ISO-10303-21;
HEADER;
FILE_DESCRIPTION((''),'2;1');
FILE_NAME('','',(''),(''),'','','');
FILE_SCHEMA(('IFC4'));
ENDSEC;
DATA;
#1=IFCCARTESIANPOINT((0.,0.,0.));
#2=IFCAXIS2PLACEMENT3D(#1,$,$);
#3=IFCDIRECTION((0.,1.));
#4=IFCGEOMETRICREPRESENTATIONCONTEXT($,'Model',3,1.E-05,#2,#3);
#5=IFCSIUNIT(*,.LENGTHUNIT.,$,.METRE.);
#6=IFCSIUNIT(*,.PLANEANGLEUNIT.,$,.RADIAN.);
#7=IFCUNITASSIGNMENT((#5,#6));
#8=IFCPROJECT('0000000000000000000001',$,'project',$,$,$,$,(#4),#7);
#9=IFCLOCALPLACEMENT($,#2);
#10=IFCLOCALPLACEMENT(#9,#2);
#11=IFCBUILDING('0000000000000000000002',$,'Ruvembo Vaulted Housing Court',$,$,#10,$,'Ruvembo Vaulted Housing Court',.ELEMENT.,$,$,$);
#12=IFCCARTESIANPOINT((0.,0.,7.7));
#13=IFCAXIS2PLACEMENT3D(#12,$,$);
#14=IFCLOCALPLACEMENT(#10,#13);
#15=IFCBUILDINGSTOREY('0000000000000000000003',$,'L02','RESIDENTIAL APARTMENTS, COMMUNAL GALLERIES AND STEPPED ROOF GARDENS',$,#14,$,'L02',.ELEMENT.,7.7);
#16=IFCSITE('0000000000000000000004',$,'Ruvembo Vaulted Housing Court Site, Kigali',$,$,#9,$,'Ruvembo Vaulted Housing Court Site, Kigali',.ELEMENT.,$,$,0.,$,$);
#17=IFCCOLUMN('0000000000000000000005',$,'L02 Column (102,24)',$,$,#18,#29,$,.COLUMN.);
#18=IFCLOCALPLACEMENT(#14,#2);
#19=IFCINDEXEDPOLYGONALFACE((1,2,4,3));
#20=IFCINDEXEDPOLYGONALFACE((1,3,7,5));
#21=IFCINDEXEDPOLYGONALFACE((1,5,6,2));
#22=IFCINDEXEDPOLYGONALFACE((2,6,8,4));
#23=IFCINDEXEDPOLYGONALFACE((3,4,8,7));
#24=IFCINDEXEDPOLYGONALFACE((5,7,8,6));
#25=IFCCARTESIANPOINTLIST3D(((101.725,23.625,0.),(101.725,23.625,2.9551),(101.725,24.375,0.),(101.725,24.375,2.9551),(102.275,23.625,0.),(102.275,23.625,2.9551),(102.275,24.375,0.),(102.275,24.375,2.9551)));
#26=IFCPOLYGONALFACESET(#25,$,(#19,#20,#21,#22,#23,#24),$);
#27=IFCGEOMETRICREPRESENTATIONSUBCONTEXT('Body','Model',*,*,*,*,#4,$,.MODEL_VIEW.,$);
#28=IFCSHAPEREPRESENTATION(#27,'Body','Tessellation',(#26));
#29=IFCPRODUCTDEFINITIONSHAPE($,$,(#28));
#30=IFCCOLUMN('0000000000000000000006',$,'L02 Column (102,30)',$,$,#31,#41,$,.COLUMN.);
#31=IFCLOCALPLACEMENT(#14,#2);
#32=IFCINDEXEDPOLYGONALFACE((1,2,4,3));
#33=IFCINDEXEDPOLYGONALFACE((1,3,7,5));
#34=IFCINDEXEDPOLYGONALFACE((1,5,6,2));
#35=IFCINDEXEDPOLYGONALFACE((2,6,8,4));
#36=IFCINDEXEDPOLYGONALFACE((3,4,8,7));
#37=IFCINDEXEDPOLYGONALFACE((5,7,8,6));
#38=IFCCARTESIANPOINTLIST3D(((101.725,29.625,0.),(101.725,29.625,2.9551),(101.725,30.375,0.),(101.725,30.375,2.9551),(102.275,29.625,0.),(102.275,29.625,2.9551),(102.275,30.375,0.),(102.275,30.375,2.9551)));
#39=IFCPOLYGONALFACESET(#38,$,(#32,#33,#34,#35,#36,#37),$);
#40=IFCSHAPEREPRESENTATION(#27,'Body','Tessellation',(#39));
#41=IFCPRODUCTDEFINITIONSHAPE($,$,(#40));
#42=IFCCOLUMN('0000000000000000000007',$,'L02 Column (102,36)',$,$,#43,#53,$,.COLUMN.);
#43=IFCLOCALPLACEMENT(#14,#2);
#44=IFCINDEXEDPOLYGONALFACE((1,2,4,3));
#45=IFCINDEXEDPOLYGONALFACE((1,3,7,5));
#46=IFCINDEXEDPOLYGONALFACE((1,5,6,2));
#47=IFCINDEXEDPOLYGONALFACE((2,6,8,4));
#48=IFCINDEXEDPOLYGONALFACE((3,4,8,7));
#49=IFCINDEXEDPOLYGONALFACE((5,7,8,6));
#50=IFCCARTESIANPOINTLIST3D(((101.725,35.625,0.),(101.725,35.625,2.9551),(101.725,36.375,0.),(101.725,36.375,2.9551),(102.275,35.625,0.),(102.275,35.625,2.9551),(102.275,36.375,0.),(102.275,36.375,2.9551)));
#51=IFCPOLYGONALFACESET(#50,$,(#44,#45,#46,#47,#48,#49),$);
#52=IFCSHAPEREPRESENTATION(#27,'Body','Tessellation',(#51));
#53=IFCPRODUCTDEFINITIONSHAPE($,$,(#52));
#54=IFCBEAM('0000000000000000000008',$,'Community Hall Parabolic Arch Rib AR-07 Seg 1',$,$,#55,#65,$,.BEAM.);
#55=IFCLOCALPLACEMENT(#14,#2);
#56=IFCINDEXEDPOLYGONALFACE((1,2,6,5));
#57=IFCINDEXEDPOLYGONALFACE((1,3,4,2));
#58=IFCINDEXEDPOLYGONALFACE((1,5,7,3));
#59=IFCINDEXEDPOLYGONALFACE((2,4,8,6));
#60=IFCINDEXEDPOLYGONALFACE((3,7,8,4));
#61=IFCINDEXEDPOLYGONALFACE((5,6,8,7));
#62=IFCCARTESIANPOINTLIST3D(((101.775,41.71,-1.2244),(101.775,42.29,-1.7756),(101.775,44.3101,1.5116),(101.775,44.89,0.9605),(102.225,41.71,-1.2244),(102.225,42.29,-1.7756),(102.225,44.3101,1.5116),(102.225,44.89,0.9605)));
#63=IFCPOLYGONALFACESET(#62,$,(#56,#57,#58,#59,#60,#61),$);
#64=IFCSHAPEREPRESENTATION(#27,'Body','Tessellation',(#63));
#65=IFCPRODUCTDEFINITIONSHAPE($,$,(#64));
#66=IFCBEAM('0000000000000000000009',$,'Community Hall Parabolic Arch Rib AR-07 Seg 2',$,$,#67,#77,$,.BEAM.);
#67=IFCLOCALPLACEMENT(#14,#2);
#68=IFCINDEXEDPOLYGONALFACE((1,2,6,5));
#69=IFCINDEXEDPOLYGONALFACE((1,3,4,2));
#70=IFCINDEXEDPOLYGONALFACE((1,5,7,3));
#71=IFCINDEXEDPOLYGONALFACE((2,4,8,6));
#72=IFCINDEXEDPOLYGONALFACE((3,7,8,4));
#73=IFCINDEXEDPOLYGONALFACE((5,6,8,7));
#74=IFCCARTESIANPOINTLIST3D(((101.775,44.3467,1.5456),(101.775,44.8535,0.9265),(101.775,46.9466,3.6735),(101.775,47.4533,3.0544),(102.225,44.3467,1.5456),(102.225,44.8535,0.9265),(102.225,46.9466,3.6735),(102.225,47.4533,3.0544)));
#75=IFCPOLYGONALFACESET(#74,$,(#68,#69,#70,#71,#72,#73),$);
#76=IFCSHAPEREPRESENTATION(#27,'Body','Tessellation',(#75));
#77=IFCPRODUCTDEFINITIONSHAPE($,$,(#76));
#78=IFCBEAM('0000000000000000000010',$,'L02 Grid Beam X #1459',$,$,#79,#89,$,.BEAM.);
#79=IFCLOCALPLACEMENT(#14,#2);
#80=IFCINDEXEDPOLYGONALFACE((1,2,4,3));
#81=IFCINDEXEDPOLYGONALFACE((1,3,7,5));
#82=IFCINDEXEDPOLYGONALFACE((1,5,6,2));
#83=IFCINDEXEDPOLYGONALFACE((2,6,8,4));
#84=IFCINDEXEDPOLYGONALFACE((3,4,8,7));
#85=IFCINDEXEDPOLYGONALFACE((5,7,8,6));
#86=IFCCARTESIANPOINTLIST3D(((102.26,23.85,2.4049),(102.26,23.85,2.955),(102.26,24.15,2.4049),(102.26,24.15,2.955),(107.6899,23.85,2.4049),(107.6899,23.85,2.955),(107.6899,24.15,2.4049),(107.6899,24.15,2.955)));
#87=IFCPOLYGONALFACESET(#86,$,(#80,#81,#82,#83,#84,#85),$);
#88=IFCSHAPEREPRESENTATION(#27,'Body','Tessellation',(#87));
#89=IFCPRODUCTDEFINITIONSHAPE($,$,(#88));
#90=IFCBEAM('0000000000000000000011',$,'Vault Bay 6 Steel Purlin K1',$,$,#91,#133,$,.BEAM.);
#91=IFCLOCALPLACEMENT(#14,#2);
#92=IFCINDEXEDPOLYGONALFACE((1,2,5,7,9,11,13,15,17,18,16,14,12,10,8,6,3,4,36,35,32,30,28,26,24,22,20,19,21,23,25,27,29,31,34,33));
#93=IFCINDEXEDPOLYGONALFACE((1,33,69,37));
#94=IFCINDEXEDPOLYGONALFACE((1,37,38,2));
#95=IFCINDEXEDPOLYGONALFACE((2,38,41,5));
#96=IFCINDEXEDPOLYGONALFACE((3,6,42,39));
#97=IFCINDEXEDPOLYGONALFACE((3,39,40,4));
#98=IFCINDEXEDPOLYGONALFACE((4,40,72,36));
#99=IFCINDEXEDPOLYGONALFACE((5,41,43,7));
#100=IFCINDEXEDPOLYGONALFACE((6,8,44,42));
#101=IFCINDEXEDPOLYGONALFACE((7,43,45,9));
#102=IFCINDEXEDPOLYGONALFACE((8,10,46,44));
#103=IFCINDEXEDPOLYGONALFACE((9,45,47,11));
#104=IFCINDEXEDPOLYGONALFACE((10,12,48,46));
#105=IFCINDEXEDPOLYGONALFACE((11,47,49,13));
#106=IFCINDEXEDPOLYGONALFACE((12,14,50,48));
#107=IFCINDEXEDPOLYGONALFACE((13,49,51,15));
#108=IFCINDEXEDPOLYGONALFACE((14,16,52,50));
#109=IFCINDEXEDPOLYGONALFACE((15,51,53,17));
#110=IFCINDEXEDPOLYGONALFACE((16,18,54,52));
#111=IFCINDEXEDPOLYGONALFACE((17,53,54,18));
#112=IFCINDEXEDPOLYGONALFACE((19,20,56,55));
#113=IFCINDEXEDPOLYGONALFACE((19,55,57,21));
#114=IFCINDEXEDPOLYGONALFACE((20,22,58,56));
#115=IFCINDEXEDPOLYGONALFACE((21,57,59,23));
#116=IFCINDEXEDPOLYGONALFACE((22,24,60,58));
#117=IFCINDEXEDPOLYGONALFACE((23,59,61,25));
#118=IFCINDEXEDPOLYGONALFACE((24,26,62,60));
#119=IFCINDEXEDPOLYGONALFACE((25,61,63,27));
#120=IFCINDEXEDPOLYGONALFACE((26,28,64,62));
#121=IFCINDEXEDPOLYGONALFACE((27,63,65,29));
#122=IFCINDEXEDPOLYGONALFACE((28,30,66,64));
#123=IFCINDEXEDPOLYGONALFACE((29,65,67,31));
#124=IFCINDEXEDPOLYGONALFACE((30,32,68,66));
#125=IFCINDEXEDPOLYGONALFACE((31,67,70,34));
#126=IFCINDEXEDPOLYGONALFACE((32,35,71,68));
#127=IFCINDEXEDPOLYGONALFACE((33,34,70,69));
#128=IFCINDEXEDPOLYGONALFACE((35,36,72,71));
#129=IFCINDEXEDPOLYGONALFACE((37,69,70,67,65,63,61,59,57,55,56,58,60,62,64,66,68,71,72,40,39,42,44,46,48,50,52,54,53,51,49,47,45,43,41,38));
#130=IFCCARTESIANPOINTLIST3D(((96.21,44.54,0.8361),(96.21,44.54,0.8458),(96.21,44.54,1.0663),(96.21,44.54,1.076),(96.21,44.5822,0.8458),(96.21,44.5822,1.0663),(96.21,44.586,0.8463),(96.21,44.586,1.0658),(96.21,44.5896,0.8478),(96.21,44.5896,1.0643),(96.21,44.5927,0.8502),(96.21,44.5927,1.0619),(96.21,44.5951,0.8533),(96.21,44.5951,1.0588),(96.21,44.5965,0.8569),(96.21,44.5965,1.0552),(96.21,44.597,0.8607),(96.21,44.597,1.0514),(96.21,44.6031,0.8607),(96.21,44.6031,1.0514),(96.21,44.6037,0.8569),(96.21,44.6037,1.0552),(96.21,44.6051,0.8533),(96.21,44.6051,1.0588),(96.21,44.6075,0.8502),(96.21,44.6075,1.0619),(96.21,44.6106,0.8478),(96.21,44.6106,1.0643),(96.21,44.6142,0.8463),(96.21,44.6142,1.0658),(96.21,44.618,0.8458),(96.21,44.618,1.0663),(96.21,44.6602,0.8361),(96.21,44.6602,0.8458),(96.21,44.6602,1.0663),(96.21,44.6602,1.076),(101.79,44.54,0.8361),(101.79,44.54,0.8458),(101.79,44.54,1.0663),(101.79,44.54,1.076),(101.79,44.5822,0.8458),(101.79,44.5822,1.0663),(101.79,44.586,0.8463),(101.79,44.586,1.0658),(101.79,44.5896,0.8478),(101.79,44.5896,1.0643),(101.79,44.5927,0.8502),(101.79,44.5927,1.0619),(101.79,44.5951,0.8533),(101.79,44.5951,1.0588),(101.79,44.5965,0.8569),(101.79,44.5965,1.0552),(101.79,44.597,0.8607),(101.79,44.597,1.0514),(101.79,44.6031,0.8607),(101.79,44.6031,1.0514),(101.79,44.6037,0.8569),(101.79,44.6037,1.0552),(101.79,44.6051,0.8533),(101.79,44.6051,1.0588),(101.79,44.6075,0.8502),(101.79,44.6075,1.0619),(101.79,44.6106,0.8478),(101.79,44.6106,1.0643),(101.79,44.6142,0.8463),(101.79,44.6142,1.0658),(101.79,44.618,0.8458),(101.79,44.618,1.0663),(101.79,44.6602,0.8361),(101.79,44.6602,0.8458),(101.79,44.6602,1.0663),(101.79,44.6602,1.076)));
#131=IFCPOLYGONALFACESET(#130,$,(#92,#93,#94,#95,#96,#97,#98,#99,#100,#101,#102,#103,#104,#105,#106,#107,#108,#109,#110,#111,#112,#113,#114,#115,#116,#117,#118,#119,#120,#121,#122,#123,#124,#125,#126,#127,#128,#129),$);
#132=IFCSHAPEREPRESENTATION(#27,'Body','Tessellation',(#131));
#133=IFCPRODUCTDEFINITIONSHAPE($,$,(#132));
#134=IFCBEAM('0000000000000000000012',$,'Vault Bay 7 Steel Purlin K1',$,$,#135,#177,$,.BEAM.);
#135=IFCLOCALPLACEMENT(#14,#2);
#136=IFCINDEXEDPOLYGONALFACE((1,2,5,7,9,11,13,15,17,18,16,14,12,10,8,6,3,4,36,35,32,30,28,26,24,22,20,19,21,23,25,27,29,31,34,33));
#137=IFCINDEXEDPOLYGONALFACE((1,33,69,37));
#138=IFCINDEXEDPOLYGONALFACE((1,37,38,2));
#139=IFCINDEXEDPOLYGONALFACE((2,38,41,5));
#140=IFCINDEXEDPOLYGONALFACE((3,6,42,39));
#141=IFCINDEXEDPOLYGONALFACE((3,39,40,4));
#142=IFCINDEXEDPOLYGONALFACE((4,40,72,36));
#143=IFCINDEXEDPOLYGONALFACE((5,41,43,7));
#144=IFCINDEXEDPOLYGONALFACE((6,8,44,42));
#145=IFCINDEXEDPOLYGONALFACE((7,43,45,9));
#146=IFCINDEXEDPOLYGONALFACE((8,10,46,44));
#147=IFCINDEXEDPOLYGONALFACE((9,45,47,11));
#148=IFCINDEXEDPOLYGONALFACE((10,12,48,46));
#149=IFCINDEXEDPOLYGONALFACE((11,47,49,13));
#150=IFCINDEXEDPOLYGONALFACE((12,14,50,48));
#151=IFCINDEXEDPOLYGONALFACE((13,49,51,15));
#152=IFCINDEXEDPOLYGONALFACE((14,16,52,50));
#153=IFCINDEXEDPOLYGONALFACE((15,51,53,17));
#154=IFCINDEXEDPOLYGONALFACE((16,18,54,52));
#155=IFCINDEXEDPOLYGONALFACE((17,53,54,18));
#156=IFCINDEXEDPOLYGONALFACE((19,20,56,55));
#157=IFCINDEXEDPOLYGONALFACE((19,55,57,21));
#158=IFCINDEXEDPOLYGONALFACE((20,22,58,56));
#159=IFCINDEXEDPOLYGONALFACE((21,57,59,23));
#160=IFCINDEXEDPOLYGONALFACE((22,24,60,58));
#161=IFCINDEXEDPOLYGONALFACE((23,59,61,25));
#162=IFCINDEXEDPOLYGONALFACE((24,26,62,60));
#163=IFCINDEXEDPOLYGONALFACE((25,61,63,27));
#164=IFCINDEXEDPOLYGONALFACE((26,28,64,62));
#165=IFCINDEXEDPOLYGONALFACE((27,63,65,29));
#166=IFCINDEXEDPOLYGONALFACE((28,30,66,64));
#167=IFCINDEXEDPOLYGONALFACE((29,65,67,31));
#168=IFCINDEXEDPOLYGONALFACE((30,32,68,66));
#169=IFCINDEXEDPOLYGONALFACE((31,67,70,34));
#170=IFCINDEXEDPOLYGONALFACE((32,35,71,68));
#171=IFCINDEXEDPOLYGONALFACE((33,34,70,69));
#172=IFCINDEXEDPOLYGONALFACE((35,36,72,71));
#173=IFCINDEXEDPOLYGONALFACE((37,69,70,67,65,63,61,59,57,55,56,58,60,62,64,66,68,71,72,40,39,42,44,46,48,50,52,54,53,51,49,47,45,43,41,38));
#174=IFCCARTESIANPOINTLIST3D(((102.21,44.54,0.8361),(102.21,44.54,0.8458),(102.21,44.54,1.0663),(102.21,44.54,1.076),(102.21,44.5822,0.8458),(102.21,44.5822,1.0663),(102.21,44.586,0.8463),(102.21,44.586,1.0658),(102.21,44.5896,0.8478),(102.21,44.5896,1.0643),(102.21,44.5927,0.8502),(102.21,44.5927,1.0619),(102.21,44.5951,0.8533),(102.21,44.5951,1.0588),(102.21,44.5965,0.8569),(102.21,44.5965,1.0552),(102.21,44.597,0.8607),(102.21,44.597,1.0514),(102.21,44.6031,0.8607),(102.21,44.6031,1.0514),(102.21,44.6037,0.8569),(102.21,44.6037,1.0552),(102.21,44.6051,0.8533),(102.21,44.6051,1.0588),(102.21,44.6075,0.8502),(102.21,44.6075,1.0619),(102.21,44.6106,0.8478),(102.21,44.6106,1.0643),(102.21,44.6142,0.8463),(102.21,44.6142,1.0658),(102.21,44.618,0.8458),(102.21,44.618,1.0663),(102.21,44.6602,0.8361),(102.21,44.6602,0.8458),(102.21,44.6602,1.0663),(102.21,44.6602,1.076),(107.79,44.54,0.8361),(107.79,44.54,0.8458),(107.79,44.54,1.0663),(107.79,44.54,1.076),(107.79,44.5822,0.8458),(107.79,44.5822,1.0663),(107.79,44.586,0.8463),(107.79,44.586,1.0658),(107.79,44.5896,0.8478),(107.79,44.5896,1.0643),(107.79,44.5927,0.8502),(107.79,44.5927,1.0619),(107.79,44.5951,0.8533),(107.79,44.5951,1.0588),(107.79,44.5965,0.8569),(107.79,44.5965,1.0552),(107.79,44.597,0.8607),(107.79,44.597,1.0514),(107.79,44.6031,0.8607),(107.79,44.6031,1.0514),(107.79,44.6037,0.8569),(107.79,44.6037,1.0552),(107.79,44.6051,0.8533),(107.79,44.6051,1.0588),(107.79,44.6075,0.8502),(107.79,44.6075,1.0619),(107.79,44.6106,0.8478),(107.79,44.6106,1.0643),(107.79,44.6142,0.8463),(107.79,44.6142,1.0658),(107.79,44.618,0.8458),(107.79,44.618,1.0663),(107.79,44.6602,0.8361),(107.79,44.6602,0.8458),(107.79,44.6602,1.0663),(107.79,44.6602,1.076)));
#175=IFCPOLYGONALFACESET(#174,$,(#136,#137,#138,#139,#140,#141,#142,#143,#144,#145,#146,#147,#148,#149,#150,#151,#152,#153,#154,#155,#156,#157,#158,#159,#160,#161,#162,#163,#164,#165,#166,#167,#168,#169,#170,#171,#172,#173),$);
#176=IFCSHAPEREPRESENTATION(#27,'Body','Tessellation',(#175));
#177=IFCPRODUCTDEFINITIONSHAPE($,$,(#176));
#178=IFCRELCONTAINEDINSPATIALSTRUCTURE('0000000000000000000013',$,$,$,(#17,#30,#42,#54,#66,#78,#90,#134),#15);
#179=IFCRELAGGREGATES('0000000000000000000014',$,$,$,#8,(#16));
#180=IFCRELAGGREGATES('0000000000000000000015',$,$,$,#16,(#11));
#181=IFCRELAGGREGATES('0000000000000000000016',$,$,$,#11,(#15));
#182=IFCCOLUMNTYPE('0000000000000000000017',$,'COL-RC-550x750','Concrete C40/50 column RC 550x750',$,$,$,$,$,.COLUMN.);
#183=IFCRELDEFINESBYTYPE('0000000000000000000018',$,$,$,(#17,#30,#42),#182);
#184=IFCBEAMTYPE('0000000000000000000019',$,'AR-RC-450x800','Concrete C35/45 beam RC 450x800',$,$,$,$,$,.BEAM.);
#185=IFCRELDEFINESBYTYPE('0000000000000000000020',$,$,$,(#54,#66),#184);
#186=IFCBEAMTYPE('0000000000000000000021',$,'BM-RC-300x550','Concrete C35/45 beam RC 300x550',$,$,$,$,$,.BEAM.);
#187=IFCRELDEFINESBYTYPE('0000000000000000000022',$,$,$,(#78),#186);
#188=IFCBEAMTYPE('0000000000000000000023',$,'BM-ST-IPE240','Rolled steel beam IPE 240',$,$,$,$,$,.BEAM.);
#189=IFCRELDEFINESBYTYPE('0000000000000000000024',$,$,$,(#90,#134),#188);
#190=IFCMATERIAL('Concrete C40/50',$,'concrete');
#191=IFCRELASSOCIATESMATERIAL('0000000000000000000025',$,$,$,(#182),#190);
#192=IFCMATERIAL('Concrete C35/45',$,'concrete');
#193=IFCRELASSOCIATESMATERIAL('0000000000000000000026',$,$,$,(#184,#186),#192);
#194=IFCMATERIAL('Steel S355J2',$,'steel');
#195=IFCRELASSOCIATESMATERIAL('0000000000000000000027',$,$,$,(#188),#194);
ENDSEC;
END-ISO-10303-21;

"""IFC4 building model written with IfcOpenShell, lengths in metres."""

from ifc_helpers import new_model, si_unit, direction, frame, origin, origin_2d, place, context, subcontext, project, spatial, rectangle, i_section, extrude, material, material_profile, profile_set, type_object, element, save


model = new_model("IFC4")

# Units and contexts
model_context = context("Model", 3, precision=1e-05, world=origin(), true_north=direction((0.0, 1.0)))
body_context = subcontext(model_context, "Body", "Model", "MODEL_VIEW")
ifc_project = project(units=[si_unit("LENGTHUNIT", "METRE"), si_unit("PLANEANGLEUNIT", "RADIAN")], contexts=[model_context])

# Site, building, storey
site_placement = place(None, origin())
site = spatial("IfcSite", under=ifc_project, at=site_placement, Name="Ruvembo Vaulted Housing Court Site, Kigali", LongName="Ruvembo Vaulted Housing Court Site, Kigali", CompositionType="ELEMENT", RefElevation=0.0)
building_placement = place(site_placement, origin())
building = spatial("IfcBuilding", under=site, at=building_placement, Name="Ruvembo Vaulted Housing Court", LongName="Ruvembo Vaulted Housing Court", CompositionType="ELEMENT")
storey_placement = place(building_placement, frame((0.0, 0.0, 7.7)))
storey = spatial("IfcBuildingStorey", under=building, at=storey_placement, Name="L02", Description="RESIDENTIAL APARTMENTS, COMMUNAL GALLERIES AND STEPPED ROOF GARDENS", LongName="L02", CompositionType="ELEMENT", Elevation=7.7)

# Columns
ifc_material_1 = material(Name="Concrete C40/50", Category="concrete")
ifc_material_profile_1 = material_profile(ifc_material_1, rectangle(XDim=0.55, YDim=0.75, at=origin_2d()), Name="RC 550x750")
ifc_profile_set_1 = profile_set([ifc_material_profile_1], Name="Concrete C40/50")
column_type = type_object("IfcColumnType", Name="COL-RC-550x750", Description="Concrete C40/50 column RC 550x750", PredefinedType="COLUMN", material=ifc_profile_set_1)
for number, where, z_axis, x_axis, name in (
    (1, (102.0, 24.0, 0.0), (0.0, 0.0, 1.0), (1.0, 0.0, 0.0), "L02 Column (102,24)"),
    (2, (102.0, 30.0, 0.0), (0.0, 0.0, 1.0), (1.0, 0.0, 0.0), "L02 Column (102,30)"),
    (3, (102.0, 36.0, 0.0), (0.0, 0.0, 1.0), (1.0, 0.0, 0.0), "L02 Column (102,36)"),
):
    element("IfcColumn", number, at=place(storey_placement, frame(where, z_axis=z_axis, x_axis=x_axis)), inside=storey, type_object=column_type, Name=name, PredefinedType="COLUMN", context=body_context, shape_type="SweptSolid", body=[
        extrude(rectangle(XDim=0.55, YDim=0.75, at=origin_2d()), origin(), (0.0, 0.0, 1.0), 2.9551),
    ])

# Beams
ifc_material_2 = material(Name="Concrete C35/45", Category="concrete")
ifc_material_profile_2 = material_profile(ifc_material_2, rectangle(XDim=0.45, YDim=0.8, at=origin_2d()), Name="RC 450x800")
ifc_profile_set_2 = profile_set([ifc_material_profile_2], Name="Concrete C35/45")
beam_type_1 = type_object("IfcBeamType", Name="AR-RC-450x800", Description="Concrete C35/45 beam RC 450x800", PredefinedType="BEAM", material=ifc_profile_set_2)
beam_1_placement = place(storey_placement, frame((102.0, 42.0, -1.5), z_axis=(0.0, 0.688863, 0.724891), x_axis=(-1.0, 0.0, 0.0)))
element("IfcBeam", 4, at=beam_1_placement, inside=storey, type_object=beam_type_1, Name="Community Hall Parabolic Arch Rib AR-07 Seg 1", PredefinedType="BEAM", context=body_context, shape_type="SweptSolid", body=[
    extrude(rectangle(XDim=0.45, YDim=0.8, at=origin_2d()), origin(), (0.0, 0.0, 1.0), 3.7744),
])
beam_2_placement = place(storey_placement, frame((102.0, 44.6001, 1.2361), z_axis=(0.0, 0.773844, 0.633376), x_axis=(-1.0, 0.0, 0.0)))
element("IfcBeam", 5, at=beam_2_placement, inside=storey, type_object=beam_type_1, Name="Community Hall Parabolic Arch Rib AR-07 Seg 2", PredefinedType="BEAM", context=body_context, shape_type="SweptSolid", body=[
    extrude(rectangle(XDim=0.45, YDim=0.8, at=origin_2d()), origin(), (0.0, 0.0, 1.0), 3.3596),
])
ifc_material_profile_3 = material_profile(ifc_material_2, rectangle(XDim=0.3, YDim=0.55, at=origin_2d()), Name="RC 300x550")
ifc_profile_set_3 = profile_set([ifc_material_profile_3], Name="Concrete C35/45")
beam_type_2 = type_object("IfcBeamType", Name="BM-RC-300x550", Description="Concrete C35/45 beam RC 300x550", PredefinedType="BEAM", material=ifc_profile_set_3)
beam_3_placement = place(storey_placement, frame((102.26, 24.0, 2.6799), z_axis=(1.0, 0.0, 0.0), x_axis=(0.0, 1.0, 0.0)))
element("IfcBeam", 6, at=beam_3_placement, inside=storey, type_object=beam_type_2, Name="L02 Grid Beam X #1459", PredefinedType="BEAM", context=body_context, shape_type="SweptSolid", body=[
    extrude(rectangle(XDim=0.3, YDim=0.55, at=origin_2d()), origin(), (0.0, 0.0, 1.0), 5.4299),
])
ifc_material_3 = material(Name="Steel S355J2", Category="steel")
ifc_material_profile_4 = material_profile(ifc_material_3, i_section(OverallWidth=0.1201, OverallDepth=0.24, WebThickness=0.0061, FlangeThickness=0.0098, FilletRadius=0.0149, at=origin_2d()), Name="IPE 240")
ifc_profile_set_4 = profile_set([ifc_material_profile_4], Name="Steel S355J2")
beam_type_3 = type_object("IfcBeamType", Name="BM-ST-IPE240", Description="Rolled steel beam IPE 240", PredefinedType="BEAM", material=ifc_profile_set_4)
for number, where, z_axis, x_axis, name in (
    (7, (96.21, 44.6001, 0.9561), (1.0, 0.0, 0.0), (0.0, 1.0, 0.0), "Vault Bay 6 Steel Purlin K1"),
    (8, (102.21, 44.6001, 0.9561), (1.0, 0.0, 0.0), (0.0, 1.0, 0.0), "Vault Bay 7 Steel Purlin K1"),
):
    element("IfcBeam", number, at=place(storey_placement, frame(where, z_axis=z_axis, x_axis=x_axis)), inside=storey, type_object=beam_type_3, Name=name, PredefinedType="BEAM", context=body_context, shape_type="SweptSolid", body=[
        extrude(i_section(OverallWidth=0.1201, OverallDepth=0.24, WebThickness=0.0061, FlangeThickness=0.0098, FilletRadius=0.0149, at=origin_2d()), origin(), (0.0, 0.0, 1.0), 5.5801),
    ])

save(model, "model.ifc")
